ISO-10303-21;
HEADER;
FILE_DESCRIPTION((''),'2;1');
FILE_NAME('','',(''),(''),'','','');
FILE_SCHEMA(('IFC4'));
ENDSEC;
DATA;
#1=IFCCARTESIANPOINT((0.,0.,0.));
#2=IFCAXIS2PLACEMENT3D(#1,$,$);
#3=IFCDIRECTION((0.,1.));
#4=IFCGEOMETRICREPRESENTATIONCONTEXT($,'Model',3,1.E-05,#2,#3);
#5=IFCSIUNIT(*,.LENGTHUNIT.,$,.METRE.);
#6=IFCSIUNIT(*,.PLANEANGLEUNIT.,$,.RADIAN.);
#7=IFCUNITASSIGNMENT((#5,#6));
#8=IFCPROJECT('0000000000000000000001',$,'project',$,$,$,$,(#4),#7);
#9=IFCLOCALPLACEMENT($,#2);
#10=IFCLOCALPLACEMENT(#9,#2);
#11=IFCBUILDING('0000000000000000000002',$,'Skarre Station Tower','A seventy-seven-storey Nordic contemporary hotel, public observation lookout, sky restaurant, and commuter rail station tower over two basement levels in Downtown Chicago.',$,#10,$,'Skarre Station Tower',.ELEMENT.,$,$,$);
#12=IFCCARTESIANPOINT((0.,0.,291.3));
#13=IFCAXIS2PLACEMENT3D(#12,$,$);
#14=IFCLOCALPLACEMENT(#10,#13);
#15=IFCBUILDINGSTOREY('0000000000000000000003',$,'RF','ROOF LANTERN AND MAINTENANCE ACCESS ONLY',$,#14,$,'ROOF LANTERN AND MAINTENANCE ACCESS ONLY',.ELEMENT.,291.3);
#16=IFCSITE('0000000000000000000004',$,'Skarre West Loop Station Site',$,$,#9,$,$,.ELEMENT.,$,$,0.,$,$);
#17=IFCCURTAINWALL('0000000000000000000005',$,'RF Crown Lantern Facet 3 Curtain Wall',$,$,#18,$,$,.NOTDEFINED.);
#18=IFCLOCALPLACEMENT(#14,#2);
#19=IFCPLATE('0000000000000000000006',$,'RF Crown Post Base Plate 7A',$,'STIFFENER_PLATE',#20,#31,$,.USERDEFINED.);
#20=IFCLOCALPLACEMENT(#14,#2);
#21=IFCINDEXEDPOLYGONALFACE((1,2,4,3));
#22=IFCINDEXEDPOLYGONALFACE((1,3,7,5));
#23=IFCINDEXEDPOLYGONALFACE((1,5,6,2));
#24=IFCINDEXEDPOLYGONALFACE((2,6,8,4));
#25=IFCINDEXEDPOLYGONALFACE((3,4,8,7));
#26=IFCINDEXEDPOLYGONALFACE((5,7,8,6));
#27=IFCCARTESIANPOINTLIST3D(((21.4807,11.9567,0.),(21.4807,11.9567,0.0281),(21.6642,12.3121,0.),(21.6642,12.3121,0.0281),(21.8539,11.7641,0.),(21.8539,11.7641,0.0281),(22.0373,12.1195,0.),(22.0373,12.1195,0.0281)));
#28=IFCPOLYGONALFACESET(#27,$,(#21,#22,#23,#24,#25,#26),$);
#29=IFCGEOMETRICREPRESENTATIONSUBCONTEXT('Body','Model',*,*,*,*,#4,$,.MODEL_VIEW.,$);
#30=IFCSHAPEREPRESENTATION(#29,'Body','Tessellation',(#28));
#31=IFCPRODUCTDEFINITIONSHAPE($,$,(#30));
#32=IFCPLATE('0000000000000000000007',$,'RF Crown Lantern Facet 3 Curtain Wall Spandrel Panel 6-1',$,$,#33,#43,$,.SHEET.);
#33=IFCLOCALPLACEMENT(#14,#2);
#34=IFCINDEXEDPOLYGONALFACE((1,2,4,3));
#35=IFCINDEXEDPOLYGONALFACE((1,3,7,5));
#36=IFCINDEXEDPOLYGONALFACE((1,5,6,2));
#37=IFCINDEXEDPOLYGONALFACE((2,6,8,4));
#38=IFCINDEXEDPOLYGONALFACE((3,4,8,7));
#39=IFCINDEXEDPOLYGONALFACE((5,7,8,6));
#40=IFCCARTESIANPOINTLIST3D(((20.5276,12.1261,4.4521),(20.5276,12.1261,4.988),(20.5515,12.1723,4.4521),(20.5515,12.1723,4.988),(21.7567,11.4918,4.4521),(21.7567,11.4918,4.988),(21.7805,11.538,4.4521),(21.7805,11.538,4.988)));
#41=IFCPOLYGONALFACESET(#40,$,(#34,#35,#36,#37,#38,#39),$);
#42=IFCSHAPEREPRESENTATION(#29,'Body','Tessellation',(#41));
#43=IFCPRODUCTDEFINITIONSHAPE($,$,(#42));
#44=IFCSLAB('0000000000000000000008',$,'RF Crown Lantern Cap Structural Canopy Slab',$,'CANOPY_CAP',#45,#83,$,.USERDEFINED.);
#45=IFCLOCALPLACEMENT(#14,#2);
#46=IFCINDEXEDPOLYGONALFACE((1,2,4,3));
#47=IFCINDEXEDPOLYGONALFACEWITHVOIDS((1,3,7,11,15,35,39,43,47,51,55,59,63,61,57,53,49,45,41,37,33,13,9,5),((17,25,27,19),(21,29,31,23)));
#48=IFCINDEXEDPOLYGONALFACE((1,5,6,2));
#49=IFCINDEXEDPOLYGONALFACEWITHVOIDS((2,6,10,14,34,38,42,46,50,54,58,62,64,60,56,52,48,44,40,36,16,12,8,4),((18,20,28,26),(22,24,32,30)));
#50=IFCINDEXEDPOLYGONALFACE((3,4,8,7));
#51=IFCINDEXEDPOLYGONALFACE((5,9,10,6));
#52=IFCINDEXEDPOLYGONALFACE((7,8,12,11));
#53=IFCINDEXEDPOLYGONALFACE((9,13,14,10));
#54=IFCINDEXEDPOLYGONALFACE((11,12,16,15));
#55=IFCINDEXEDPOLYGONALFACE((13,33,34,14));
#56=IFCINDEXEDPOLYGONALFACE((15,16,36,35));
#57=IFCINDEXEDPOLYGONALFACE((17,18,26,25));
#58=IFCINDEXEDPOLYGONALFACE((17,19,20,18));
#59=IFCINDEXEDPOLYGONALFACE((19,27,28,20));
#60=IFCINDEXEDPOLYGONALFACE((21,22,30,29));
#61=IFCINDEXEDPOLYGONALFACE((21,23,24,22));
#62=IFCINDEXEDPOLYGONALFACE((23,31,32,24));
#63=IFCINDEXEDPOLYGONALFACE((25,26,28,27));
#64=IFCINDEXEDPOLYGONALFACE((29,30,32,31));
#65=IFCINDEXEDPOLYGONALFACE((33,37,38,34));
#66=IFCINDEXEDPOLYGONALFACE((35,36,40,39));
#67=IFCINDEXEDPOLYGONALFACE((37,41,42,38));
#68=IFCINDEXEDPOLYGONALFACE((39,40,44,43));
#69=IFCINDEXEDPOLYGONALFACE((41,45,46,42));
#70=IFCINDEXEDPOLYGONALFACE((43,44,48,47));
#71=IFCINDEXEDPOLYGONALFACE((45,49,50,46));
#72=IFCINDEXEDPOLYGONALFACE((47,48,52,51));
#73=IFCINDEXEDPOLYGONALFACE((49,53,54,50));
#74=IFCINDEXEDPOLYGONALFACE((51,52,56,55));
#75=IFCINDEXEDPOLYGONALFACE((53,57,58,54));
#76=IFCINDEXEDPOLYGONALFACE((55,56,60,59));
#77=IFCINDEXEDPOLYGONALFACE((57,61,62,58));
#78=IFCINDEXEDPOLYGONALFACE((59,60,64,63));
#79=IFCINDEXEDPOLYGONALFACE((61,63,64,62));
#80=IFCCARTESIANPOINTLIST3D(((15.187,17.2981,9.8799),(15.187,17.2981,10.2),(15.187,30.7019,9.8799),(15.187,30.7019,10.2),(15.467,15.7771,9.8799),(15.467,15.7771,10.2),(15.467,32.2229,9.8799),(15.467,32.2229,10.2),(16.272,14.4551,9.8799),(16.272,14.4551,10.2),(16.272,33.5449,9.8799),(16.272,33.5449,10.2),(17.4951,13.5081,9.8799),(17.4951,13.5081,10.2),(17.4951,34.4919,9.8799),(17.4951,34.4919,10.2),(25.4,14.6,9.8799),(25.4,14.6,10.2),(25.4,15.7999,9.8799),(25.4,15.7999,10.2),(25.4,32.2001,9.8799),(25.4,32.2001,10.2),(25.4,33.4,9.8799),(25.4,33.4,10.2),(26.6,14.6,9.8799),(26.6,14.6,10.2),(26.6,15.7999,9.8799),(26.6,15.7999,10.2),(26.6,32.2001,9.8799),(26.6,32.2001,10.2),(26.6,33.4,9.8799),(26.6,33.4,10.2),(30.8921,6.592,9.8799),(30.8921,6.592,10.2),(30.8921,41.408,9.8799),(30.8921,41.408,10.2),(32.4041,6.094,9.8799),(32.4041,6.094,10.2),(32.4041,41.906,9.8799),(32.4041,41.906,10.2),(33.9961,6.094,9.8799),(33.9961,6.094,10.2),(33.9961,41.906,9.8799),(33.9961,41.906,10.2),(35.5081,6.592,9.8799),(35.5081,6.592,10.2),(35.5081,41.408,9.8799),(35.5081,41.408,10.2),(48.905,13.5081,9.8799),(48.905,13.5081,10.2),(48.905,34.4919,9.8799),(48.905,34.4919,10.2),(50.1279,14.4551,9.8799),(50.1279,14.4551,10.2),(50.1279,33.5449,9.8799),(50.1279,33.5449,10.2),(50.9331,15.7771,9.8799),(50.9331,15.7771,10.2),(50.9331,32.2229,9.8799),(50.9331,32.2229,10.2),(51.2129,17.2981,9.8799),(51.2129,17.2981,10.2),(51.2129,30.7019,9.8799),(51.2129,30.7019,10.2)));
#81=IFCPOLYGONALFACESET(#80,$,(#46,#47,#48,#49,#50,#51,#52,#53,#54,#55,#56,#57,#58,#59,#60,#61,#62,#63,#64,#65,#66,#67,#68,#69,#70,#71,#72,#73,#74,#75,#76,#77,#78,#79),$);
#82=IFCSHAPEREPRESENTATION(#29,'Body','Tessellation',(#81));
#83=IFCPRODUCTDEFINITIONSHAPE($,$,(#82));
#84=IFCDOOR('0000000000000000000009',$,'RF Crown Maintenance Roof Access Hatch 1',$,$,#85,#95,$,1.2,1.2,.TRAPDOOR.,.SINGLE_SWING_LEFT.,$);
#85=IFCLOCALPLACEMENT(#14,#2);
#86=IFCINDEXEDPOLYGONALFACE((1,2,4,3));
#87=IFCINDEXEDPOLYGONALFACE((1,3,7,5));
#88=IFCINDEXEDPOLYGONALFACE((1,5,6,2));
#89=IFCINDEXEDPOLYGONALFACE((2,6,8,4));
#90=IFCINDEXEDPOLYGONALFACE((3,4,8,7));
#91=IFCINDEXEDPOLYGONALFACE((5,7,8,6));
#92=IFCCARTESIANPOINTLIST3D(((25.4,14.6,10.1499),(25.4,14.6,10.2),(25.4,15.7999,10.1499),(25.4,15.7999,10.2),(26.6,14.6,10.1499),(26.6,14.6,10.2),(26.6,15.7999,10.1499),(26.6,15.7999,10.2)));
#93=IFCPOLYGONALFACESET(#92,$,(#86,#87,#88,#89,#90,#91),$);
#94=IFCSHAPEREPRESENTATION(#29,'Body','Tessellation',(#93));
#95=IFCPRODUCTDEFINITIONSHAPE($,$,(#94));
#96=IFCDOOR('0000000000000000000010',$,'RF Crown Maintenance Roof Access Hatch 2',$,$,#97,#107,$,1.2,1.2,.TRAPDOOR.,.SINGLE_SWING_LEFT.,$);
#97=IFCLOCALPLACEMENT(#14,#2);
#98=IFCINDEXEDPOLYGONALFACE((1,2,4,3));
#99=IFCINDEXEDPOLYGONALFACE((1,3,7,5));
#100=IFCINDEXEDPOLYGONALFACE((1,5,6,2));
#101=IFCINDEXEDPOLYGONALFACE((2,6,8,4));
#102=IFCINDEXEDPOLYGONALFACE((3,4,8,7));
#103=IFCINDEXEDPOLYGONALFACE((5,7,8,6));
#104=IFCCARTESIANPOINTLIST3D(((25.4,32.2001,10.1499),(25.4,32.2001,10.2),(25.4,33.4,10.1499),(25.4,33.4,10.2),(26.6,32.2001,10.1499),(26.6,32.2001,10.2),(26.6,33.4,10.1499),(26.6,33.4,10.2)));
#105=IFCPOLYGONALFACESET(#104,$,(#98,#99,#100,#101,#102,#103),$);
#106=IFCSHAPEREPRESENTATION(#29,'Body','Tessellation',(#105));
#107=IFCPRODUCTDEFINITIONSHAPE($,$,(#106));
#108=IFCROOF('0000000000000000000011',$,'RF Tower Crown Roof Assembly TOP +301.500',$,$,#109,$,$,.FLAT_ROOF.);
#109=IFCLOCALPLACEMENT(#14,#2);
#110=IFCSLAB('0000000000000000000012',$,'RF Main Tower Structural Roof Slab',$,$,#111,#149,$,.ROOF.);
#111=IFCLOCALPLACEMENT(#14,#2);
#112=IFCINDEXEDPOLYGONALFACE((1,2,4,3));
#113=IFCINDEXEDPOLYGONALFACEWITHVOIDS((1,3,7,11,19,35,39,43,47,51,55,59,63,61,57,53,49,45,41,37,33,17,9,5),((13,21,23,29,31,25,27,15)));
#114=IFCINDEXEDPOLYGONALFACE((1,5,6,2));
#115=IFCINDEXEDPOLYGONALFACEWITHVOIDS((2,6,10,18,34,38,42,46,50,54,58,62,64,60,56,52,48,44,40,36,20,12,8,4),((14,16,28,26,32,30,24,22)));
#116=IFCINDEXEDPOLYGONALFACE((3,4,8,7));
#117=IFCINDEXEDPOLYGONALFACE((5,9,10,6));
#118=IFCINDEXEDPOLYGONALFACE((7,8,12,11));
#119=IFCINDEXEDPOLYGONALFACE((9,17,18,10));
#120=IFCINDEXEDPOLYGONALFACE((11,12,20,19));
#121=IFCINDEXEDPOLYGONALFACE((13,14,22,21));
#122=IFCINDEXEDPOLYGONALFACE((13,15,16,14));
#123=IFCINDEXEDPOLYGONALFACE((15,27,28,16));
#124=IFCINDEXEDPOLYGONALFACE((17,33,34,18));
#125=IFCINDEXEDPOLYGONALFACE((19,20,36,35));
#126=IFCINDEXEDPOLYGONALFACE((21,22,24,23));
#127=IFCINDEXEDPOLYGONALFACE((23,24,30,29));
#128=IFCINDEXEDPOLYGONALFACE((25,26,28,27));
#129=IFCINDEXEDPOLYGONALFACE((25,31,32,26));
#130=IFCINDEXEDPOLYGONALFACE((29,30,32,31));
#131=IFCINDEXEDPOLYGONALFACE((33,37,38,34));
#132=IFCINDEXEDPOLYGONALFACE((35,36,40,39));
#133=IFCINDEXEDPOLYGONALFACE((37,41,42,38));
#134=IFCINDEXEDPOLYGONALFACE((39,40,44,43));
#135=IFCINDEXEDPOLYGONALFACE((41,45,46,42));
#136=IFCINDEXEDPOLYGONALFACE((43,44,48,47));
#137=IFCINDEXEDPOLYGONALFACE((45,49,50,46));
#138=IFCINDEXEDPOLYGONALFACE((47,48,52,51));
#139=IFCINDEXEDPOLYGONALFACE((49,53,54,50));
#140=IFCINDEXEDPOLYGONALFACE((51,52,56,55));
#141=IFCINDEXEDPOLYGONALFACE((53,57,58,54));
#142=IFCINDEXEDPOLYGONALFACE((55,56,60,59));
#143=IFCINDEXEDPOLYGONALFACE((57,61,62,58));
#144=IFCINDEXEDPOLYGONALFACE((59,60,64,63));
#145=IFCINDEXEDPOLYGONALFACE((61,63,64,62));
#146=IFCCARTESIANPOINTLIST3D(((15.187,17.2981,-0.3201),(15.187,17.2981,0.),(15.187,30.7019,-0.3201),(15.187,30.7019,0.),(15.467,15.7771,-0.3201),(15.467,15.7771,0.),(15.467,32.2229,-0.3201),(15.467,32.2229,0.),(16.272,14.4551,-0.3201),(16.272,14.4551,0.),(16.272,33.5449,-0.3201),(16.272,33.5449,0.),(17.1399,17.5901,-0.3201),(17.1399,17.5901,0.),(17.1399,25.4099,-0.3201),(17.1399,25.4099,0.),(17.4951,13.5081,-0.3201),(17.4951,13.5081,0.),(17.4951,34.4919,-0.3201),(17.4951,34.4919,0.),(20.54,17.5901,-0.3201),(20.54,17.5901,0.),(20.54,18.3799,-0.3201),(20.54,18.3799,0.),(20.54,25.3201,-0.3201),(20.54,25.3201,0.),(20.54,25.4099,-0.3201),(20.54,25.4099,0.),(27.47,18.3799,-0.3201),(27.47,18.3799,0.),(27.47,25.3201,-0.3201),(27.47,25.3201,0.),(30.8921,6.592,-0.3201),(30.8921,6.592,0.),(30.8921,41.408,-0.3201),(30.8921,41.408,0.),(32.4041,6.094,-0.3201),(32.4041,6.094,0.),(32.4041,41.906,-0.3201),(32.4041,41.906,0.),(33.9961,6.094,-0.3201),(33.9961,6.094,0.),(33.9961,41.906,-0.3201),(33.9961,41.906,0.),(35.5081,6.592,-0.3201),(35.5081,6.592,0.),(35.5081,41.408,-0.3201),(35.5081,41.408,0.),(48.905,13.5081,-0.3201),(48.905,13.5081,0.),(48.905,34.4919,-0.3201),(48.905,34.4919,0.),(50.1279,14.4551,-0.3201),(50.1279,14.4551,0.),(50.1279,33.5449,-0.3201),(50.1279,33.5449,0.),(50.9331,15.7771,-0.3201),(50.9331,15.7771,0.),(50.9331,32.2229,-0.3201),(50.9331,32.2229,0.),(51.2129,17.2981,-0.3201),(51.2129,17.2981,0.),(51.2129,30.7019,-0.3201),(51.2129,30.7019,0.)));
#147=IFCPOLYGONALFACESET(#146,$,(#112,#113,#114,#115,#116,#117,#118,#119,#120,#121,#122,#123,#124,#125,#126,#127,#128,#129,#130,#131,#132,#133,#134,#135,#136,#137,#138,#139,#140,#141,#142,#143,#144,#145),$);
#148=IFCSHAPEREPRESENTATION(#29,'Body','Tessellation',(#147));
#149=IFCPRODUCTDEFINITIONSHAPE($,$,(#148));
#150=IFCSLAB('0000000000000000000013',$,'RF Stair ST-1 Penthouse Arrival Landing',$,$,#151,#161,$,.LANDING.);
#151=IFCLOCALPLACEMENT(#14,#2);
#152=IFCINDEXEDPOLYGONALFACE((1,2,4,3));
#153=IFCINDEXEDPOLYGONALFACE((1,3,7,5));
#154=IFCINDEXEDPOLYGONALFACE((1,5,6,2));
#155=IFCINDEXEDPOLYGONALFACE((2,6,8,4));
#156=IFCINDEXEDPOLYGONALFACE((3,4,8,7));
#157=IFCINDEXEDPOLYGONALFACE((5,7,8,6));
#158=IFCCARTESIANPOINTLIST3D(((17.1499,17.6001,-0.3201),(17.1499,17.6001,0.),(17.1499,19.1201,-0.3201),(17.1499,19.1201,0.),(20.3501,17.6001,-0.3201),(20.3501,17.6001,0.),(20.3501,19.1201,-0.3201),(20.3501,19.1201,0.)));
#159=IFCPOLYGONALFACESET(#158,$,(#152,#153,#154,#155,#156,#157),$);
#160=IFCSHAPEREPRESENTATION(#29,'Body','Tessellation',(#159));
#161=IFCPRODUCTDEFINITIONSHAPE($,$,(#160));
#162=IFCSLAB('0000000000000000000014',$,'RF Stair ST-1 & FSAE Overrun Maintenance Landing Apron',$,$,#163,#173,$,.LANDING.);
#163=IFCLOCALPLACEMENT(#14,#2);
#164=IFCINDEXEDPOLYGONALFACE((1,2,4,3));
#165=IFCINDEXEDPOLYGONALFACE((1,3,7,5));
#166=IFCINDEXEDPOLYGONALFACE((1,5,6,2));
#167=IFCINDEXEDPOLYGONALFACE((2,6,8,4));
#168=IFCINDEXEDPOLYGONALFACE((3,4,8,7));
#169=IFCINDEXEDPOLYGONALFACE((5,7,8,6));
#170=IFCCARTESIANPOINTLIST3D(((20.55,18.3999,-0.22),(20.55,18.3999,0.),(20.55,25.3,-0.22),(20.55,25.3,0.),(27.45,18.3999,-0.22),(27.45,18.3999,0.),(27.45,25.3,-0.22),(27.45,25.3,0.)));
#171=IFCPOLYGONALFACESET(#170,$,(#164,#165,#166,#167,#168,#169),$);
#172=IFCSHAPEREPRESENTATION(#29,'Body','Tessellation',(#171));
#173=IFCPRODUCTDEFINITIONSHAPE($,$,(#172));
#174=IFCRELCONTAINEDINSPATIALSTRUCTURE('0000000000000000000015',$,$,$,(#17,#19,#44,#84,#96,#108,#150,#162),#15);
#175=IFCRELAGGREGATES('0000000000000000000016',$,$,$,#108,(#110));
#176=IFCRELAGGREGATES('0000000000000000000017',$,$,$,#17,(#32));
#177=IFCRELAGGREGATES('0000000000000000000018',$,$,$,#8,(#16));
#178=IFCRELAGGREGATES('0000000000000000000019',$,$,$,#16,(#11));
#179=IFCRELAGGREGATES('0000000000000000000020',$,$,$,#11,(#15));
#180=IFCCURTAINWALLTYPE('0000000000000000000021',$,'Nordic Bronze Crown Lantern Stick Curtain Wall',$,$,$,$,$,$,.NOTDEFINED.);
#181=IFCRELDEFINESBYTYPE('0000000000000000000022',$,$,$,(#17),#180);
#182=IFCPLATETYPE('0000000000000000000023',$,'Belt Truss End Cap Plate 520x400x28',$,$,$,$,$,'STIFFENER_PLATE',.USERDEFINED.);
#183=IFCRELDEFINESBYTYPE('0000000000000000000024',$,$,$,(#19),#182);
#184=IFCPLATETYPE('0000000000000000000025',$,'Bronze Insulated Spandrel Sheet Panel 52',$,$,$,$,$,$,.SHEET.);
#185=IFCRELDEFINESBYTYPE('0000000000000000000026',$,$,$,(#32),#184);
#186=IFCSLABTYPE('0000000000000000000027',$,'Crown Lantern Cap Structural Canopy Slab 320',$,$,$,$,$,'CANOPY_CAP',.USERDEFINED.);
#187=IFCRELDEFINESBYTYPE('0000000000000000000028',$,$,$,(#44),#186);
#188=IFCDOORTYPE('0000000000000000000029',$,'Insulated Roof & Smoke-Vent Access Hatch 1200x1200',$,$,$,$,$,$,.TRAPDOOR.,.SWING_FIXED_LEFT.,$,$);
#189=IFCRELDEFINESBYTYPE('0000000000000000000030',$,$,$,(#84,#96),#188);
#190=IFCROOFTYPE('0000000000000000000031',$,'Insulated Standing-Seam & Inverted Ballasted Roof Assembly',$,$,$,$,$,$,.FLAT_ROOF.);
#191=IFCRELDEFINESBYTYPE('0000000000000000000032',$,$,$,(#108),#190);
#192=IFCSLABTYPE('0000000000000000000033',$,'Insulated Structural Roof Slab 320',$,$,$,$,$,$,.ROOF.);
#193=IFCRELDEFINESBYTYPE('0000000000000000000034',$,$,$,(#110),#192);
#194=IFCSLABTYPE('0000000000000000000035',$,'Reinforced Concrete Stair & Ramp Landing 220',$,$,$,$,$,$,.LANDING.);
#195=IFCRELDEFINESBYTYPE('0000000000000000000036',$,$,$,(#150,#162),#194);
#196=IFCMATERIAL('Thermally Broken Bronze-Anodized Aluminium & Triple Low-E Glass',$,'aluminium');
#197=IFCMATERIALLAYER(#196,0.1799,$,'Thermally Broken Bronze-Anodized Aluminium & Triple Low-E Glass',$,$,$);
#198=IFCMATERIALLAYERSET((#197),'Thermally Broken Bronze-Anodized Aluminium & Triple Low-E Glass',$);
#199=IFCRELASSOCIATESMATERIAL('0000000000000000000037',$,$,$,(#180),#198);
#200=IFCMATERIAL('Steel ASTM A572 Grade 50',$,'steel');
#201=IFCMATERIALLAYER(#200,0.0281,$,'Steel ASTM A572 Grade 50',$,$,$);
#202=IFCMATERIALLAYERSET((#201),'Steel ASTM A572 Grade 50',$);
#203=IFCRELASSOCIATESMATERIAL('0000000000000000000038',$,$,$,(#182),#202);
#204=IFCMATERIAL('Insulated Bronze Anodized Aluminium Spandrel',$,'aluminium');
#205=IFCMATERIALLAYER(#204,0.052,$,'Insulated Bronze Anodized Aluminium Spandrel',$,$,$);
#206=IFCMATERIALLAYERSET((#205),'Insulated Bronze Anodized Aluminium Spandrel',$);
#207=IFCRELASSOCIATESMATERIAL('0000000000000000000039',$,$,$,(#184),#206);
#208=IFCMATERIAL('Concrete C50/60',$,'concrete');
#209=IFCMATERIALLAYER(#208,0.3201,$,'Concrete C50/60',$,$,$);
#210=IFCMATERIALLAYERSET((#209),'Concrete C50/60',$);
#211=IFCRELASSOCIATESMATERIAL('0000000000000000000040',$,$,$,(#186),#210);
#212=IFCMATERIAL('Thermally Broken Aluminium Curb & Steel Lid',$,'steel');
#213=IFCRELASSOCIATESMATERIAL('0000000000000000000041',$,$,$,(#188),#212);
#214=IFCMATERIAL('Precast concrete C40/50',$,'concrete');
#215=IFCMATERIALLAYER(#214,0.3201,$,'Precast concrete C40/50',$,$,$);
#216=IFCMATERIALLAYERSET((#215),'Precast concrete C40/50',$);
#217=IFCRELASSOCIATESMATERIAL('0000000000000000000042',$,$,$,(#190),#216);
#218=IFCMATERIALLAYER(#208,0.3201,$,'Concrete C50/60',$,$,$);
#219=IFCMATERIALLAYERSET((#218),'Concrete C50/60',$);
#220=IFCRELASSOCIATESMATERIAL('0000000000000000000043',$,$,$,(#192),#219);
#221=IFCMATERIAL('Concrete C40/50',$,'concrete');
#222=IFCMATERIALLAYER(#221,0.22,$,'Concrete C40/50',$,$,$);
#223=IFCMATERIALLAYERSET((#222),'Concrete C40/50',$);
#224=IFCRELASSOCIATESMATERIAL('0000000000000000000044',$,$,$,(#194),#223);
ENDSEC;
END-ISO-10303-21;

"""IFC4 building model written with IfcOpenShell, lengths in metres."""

from ifc_helpers import new_model, si_unit, direction, frame, origin, origin_2d, place, context, subcontext, project, spatial, polyline, rectangle, outline, extrude, material, layer, layer_set, type_object, element, fill, aggregate, save


model = new_model("IFC4")

# Units and contexts
model_context = context("Model", 3, precision=1e-05, world=origin(), true_north=direction((0.0, 1.0)))
body_context = subcontext(model_context, "Body", "Model", "MODEL_VIEW")
ifc_project = project(units=[si_unit("LENGTHUNIT", "METRE"), si_unit("PLANEANGLEUNIT", "RADIAN")], contexts=[model_context])

# Site, building, storey
site_placement = place(None, origin())
site = spatial("IfcSite", under=ifc_project, at=site_placement, Name="Skarre West Loop Station Site", CompositionType="ELEMENT", RefElevation=0.0)
building_placement = place(site_placement, origin())
building = spatial("IfcBuilding", under=site, at=building_placement, Name="Skarre Station Tower", Description="A seventy-seven-storey Nordic contemporary hotel, public observation lookout, sky restaurant, and commuter rail station tower over two basement levels in Downtown Chicago.", LongName="Skarre Station Tower", CompositionType="ELEMENT")
storey_placement = place(building_placement, frame((0.0, 0.0, 291.3)))
storey = spatial("IfcBuildingStorey", under=building, at=storey_placement, Name="RF", Description="ROOF LANTERN AND MAINTENANCE ACCESS ONLY", LongName="ROOF LANTERN AND MAINTENANCE ACCESS ONLY", CompositionType="ELEMENT", Elevation=291.3)

# Curtain wall
ifc_material_1 = material(Name="Thermally Broken Bronze-Anodized Aluminium & Triple Low-E Glass", Category="aluminium")
ifc_layer_1 = layer(ifc_material_1, 0.1799, Name="Thermally Broken Bronze-Anodized Aluminium & Triple Low-E Glass")
ifc_layer_set_1 = layer_set([ifc_layer_1], Name="Thermally Broken Bronze-Anodized Aluminium & Triple Low-E Glass")
curtain_wall_type = type_object("IfcCurtainWallType", Name="Nordic Bronze Crown Lantern Stick Curtain Wall", PredefinedType="NOTDEFINED", material=ifc_layer_set_1)
curtain_wall_placement = place(storey_placement, origin())
curtain_wall = element("IfcCurtainWall", 1, at=curtain_wall_placement, inside=storey, type_object=curtain_wall_type, Name="RF Crown Lantern Facet 3 Curtain Wall", PredefinedType="NOTDEFINED")

# Plates
ifc_material_2 = material(Name="Steel ASTM A572 Grade 50", Category="steel")
ifc_layer_2 = layer(ifc_material_2, 0.0281, Name="Steel ASTM A572 Grade 50")
ifc_layer_set_2 = layer_set([ifc_layer_2], Name="Steel ASTM A572 Grade 50")
plate_type_1 = type_object("IfcPlateType", Name="Belt Truss End Cap Plate 520x400x28", ElementType="STIFFENER_PLATE", PredefinedType="USERDEFINED", material=ifc_layer_set_2)
plate_1_placement = place(storey_placement, frame((21.759, 12.0381, 0.0), z_axis=(0.0, 0.0, 1.0), x_axis=(0.888601, -0.458681, 0.0)))
element("IfcPlate", 2, at=plate_1_placement, inside=storey, type_object=plate_type_1, Name="RF Crown Post Base Plate 7A", ObjectType="STIFFENER_PLATE", PredefinedType="USERDEFINED", context=body_context, shape_type="SweptSolid", body=[
    extrude(rectangle(XDim=0.4199, YDim=0.3999, at=origin_2d()), origin(), (0.0, 0.0, 1.0), 0.0281),
])
ifc_material_3 = material(Name="Insulated Bronze Anodized Aluminium Spandrel", Category="aluminium")
ifc_layer_3 = layer(ifc_material_3, 0.052, Name="Insulated Bronze Anodized Aluminium Spandrel")
ifc_layer_set_3 = layer_set([ifc_layer_3], Name="Insulated Bronze Anodized Aluminium Spandrel")
plate_type_2 = type_object("IfcPlateType", Name="Bronze Insulated Spandrel Sheet Panel 52", PredefinedType="SHEET", material=ifc_layer_set_3)
plate_2_placement = place(storey_placement, frame((21.1541, 11.832, 4.4521), z_axis=(0.0, 0.0, 1.0), x_axis=(-0.888649, 0.458588, 0.0)))
plate_2 = element("IfcPlate", 3, at=plate_2_placement, type_object=plate_type_2, Name="RF Crown Lantern Facet 3 Curtain Wall Spandrel Panel 6-1", PredefinedType="SHEET", context=body_context, shape_type="SweptSolid", body=[
    extrude(rectangle(XDim=1.3831, YDim=0.052, at=origin_2d()), origin(), (0.0, 0.0, 1.0), 0.5359),
])

# Slab, openings, doors
ifc_material_4 = material(Name="Concrete C50/60", Category="concrete")
ifc_layer_4 = layer(ifc_material_4, 0.3201, Name="Concrete C50/60")
ifc_layer_set_4 = layer_set([ifc_layer_4], Name="Concrete C50/60")
slab_type_1 = type_object("IfcSlabType", Name="Crown Lantern Cap Structural Canopy Slab 320", ElementType="CANOPY_CAP", PredefinedType="USERDEFINED", material=ifc_layer_set_4)
slab_1_placement = place(storey_placement, frame((0.0, 0.0, 9.8799)))
slab_1 = element("IfcSlab", 4, at=slab_1_placement, inside=storey, type_object=slab_type_1, Name="RF Crown Lantern Cap Structural Canopy Slab", ObjectType="CANOPY_CAP", PredefinedType="USERDEFINED", context=body_context, shape_type="SweptSolid", body=[
    extrude(outline(polyline([(51.2129, 30.7019), (50.9331, 32.2229), (50.1279, 33.5449), (48.905, 34.4919), (35.5081, 41.408), (33.9961, 41.906), (32.4041, 41.906), (30.8921, 41.408), (17.4951, 34.4919), (16.272, 33.5449), (15.467, 32.2229), (15.187, 30.7019), (15.187, 17.2981), (15.467, 15.7771), (16.272, 14.4551), (17.4951, 13.5081), (30.8921, 6.592), (32.4041, 6.094), (33.9961, 6.094), (35.5081, 6.592), (48.905, 13.5081), (50.1279, 14.4551), (50.9331, 15.7771), (51.2129, 17.2981), (51.2129, 30.7019)])), origin(), (0.0, 0.0, 1.0), 0.3201),
])
opening_1_placement = place(slab_1_placement, frame((26.0, 15.2, 0.0)))
opening_1 = element("IfcOpeningElement", 5, at=opening_1_placement, cuts=slab_1, PredefinedType="OPENING", context=body_context, shape_type="SweptSolid", body=[
    extrude(rectangle(XDim=1.2, YDim=1.2, at=origin_2d()), frame((0.0, 0.0, -0.01)), (0.0, 0.0, 1.0), 0.3401),
])
opening_2_placement = place(slab_1_placement, frame((26.0, 32.8, 0.0)))
opening_2 = element("IfcOpeningElement", 6, at=opening_2_placement, cuts=slab_1, PredefinedType="OPENING", context=body_context, shape_type="SweptSolid", body=[
    extrude(rectangle(XDim=1.2, YDim=1.2, at=origin_2d()), frame((0.0, 0.0, -0.01)), (0.0, 0.0, 1.0), 0.3401),
])
ifc_material_5 = material(Name="Thermally Broken Aluminium Curb & Steel Lid", Category="steel")
door_type = type_object("IfcDoorType", Name="Insulated Roof & Smoke-Vent Access Hatch 1200x1200", OperationType="SWING_FIXED_LEFT", PredefinedType="TRAPDOOR", material=ifc_material_5)
door_1_placement = place(opening_1_placement, frame((0.0, 0.0, 0.27)))
door_1 = element("IfcDoor", 7, at=door_1_placement, inside=storey, type_object=door_type, Name="RF Crown Maintenance Roof Access Hatch 1", OperationType="SINGLE_SWING_LEFT", OverallHeight=1.2, OverallWidth=1.2, PredefinedType="TRAPDOOR", context=body_context, shape_type="SweptSolid", body=[
    extrude(rectangle(XDim=1.2, YDim=1.2, at=origin_2d()), origin(), (0.0, 0.0, 1.0), 0.05),
])
fill(opening_1, door_1)
door_2_placement = place(opening_2_placement, frame((0.0, 0.0, 0.27)))
door_2 = element("IfcDoor", 8, at=door_2_placement, inside=storey, type_object=door_type, Name="RF Crown Maintenance Roof Access Hatch 2", OperationType="SINGLE_SWING_LEFT", OverallHeight=1.2, OverallWidth=1.2, PredefinedType="TRAPDOOR", context=body_context, shape_type="SweptSolid", body=[
    extrude(rectangle(XDim=1.2, YDim=1.2, at=origin_2d()), origin(), (0.0, 0.0, 1.0), 0.05),
])
fill(opening_2, door_2)

# Roof, slab
ifc_material_6 = material(Name="Precast concrete C40/50", Category="concrete")
ifc_layer_5 = layer(ifc_material_6, 0.3201, Name="Precast concrete C40/50")
ifc_layer_set_5 = layer_set([ifc_layer_5], Name="Precast concrete C40/50")
roof_type = type_object("IfcRoofType", Name="Insulated Standing-Seam & Inverted Ballasted Roof Assembly", PredefinedType="FLAT_ROOF", material=ifc_layer_set_5)
roof_placement = place(storey_placement, origin())
roof = element("IfcRoof", 9, at=roof_placement, inside=storey, type_object=roof_type, Name="RF Tower Crown Roof Assembly TOP +301.500", PredefinedType="FLAT_ROOF")
ifc_layer_6 = layer(ifc_material_4, 0.3201, Name="Concrete C50/60")
ifc_layer_set_6 = layer_set([ifc_layer_6], Name="Concrete C50/60")
slab_type_2 = type_object("IfcSlabType", Name="Insulated Structural Roof Slab 320", PredefinedType="ROOF", material=ifc_layer_set_6)
slab_2_placement = place(storey_placement, frame((0.0, 0.0, -0.3201)))
slab_2 = element("IfcSlab", 10, at=slab_2_placement, type_object=slab_type_2, Name="RF Main Tower Structural Roof Slab", PredefinedType="ROOF", context=body_context, shape_type="SweptSolid", body=[
    extrude(outline(polyline([(51.2129, 30.7019), (50.9331, 32.2229), (50.1279, 33.5449), (48.905, 34.4919), (35.5081, 41.408), (33.9961, 41.906), (32.4041, 41.906), (30.8921, 41.408), (17.4951, 34.4919), (16.272, 33.5449), (15.467, 32.2229), (15.187, 30.7019), (15.187, 17.2981), (15.467, 15.7771), (16.272, 14.4551), (17.4951, 13.5081), (30.8921, 6.592), (32.4041, 6.094), (33.9961, 6.094), (35.5081, 6.592), (48.905, 13.5081), (50.1279, 14.4551), (50.9331, 15.7771), (51.2129, 17.2981), (51.2129, 30.7019)]), holes=[polyline([(17.1399, 25.4099), (20.54, 25.4099), (20.54, 25.3201), (27.47, 25.3201), (27.47, 18.3799), (20.54, 18.3799), (20.54, 17.5901), (17.1399, 17.5901), (17.1399, 25.4099)])]), origin(), (0.0, 0.0, 1.0), 0.3201),
])
aggregate(roof, [slab_2])

# Slabs
ifc_material_7 = material(Name="Concrete C40/50", Category="concrete")
ifc_layer_7 = layer(ifc_material_7, 0.22, Name="Concrete C40/50")
ifc_layer_set_7 = layer_set([ifc_layer_7], Name="Concrete C40/50")
slab_type_3 = type_object("IfcSlabType", Name="Reinforced Concrete Stair & Ramp Landing 220", PredefinedType="LANDING", material=ifc_layer_set_7)
slab_3_placement = place(storey_placement, frame((0.0, 0.0, -0.3201)))
element("IfcSlab", 11, at=slab_3_placement, inside=storey, type_object=slab_type_3, Name="RF Stair ST-1 Penthouse Arrival Landing", PredefinedType="LANDING", context=body_context, shape_type="SweptSolid", body=[
    extrude(outline(polyline([(17.1499, 17.6001), (20.3501, 17.6001), (20.3501, 19.1201), (17.1499, 19.1201), (17.1499, 17.6001)])), origin(), (0.0, 0.0, 1.0), 0.3201),
])
slab_4_placement = place(storey_placement, frame((0.0, 0.0, -0.22)))
element("IfcSlab", 12, at=slab_4_placement, inside=storey, type_object=slab_type_3, Name="RF Stair ST-1 & FSAE Overrun Maintenance Landing Apron", PredefinedType="LANDING", context=body_context, shape_type="SweptSolid", body=[
    extrude(outline(polyline([(20.55, 18.3999), (27.45, 18.3999), (27.45, 25.3), (20.55, 25.3), (20.55, 18.3999)])), origin(), (0.0, 0.0, 1.0), 0.22),
])

aggregate(curtain_wall, [plate_2])

save(model, "model.ifc")
